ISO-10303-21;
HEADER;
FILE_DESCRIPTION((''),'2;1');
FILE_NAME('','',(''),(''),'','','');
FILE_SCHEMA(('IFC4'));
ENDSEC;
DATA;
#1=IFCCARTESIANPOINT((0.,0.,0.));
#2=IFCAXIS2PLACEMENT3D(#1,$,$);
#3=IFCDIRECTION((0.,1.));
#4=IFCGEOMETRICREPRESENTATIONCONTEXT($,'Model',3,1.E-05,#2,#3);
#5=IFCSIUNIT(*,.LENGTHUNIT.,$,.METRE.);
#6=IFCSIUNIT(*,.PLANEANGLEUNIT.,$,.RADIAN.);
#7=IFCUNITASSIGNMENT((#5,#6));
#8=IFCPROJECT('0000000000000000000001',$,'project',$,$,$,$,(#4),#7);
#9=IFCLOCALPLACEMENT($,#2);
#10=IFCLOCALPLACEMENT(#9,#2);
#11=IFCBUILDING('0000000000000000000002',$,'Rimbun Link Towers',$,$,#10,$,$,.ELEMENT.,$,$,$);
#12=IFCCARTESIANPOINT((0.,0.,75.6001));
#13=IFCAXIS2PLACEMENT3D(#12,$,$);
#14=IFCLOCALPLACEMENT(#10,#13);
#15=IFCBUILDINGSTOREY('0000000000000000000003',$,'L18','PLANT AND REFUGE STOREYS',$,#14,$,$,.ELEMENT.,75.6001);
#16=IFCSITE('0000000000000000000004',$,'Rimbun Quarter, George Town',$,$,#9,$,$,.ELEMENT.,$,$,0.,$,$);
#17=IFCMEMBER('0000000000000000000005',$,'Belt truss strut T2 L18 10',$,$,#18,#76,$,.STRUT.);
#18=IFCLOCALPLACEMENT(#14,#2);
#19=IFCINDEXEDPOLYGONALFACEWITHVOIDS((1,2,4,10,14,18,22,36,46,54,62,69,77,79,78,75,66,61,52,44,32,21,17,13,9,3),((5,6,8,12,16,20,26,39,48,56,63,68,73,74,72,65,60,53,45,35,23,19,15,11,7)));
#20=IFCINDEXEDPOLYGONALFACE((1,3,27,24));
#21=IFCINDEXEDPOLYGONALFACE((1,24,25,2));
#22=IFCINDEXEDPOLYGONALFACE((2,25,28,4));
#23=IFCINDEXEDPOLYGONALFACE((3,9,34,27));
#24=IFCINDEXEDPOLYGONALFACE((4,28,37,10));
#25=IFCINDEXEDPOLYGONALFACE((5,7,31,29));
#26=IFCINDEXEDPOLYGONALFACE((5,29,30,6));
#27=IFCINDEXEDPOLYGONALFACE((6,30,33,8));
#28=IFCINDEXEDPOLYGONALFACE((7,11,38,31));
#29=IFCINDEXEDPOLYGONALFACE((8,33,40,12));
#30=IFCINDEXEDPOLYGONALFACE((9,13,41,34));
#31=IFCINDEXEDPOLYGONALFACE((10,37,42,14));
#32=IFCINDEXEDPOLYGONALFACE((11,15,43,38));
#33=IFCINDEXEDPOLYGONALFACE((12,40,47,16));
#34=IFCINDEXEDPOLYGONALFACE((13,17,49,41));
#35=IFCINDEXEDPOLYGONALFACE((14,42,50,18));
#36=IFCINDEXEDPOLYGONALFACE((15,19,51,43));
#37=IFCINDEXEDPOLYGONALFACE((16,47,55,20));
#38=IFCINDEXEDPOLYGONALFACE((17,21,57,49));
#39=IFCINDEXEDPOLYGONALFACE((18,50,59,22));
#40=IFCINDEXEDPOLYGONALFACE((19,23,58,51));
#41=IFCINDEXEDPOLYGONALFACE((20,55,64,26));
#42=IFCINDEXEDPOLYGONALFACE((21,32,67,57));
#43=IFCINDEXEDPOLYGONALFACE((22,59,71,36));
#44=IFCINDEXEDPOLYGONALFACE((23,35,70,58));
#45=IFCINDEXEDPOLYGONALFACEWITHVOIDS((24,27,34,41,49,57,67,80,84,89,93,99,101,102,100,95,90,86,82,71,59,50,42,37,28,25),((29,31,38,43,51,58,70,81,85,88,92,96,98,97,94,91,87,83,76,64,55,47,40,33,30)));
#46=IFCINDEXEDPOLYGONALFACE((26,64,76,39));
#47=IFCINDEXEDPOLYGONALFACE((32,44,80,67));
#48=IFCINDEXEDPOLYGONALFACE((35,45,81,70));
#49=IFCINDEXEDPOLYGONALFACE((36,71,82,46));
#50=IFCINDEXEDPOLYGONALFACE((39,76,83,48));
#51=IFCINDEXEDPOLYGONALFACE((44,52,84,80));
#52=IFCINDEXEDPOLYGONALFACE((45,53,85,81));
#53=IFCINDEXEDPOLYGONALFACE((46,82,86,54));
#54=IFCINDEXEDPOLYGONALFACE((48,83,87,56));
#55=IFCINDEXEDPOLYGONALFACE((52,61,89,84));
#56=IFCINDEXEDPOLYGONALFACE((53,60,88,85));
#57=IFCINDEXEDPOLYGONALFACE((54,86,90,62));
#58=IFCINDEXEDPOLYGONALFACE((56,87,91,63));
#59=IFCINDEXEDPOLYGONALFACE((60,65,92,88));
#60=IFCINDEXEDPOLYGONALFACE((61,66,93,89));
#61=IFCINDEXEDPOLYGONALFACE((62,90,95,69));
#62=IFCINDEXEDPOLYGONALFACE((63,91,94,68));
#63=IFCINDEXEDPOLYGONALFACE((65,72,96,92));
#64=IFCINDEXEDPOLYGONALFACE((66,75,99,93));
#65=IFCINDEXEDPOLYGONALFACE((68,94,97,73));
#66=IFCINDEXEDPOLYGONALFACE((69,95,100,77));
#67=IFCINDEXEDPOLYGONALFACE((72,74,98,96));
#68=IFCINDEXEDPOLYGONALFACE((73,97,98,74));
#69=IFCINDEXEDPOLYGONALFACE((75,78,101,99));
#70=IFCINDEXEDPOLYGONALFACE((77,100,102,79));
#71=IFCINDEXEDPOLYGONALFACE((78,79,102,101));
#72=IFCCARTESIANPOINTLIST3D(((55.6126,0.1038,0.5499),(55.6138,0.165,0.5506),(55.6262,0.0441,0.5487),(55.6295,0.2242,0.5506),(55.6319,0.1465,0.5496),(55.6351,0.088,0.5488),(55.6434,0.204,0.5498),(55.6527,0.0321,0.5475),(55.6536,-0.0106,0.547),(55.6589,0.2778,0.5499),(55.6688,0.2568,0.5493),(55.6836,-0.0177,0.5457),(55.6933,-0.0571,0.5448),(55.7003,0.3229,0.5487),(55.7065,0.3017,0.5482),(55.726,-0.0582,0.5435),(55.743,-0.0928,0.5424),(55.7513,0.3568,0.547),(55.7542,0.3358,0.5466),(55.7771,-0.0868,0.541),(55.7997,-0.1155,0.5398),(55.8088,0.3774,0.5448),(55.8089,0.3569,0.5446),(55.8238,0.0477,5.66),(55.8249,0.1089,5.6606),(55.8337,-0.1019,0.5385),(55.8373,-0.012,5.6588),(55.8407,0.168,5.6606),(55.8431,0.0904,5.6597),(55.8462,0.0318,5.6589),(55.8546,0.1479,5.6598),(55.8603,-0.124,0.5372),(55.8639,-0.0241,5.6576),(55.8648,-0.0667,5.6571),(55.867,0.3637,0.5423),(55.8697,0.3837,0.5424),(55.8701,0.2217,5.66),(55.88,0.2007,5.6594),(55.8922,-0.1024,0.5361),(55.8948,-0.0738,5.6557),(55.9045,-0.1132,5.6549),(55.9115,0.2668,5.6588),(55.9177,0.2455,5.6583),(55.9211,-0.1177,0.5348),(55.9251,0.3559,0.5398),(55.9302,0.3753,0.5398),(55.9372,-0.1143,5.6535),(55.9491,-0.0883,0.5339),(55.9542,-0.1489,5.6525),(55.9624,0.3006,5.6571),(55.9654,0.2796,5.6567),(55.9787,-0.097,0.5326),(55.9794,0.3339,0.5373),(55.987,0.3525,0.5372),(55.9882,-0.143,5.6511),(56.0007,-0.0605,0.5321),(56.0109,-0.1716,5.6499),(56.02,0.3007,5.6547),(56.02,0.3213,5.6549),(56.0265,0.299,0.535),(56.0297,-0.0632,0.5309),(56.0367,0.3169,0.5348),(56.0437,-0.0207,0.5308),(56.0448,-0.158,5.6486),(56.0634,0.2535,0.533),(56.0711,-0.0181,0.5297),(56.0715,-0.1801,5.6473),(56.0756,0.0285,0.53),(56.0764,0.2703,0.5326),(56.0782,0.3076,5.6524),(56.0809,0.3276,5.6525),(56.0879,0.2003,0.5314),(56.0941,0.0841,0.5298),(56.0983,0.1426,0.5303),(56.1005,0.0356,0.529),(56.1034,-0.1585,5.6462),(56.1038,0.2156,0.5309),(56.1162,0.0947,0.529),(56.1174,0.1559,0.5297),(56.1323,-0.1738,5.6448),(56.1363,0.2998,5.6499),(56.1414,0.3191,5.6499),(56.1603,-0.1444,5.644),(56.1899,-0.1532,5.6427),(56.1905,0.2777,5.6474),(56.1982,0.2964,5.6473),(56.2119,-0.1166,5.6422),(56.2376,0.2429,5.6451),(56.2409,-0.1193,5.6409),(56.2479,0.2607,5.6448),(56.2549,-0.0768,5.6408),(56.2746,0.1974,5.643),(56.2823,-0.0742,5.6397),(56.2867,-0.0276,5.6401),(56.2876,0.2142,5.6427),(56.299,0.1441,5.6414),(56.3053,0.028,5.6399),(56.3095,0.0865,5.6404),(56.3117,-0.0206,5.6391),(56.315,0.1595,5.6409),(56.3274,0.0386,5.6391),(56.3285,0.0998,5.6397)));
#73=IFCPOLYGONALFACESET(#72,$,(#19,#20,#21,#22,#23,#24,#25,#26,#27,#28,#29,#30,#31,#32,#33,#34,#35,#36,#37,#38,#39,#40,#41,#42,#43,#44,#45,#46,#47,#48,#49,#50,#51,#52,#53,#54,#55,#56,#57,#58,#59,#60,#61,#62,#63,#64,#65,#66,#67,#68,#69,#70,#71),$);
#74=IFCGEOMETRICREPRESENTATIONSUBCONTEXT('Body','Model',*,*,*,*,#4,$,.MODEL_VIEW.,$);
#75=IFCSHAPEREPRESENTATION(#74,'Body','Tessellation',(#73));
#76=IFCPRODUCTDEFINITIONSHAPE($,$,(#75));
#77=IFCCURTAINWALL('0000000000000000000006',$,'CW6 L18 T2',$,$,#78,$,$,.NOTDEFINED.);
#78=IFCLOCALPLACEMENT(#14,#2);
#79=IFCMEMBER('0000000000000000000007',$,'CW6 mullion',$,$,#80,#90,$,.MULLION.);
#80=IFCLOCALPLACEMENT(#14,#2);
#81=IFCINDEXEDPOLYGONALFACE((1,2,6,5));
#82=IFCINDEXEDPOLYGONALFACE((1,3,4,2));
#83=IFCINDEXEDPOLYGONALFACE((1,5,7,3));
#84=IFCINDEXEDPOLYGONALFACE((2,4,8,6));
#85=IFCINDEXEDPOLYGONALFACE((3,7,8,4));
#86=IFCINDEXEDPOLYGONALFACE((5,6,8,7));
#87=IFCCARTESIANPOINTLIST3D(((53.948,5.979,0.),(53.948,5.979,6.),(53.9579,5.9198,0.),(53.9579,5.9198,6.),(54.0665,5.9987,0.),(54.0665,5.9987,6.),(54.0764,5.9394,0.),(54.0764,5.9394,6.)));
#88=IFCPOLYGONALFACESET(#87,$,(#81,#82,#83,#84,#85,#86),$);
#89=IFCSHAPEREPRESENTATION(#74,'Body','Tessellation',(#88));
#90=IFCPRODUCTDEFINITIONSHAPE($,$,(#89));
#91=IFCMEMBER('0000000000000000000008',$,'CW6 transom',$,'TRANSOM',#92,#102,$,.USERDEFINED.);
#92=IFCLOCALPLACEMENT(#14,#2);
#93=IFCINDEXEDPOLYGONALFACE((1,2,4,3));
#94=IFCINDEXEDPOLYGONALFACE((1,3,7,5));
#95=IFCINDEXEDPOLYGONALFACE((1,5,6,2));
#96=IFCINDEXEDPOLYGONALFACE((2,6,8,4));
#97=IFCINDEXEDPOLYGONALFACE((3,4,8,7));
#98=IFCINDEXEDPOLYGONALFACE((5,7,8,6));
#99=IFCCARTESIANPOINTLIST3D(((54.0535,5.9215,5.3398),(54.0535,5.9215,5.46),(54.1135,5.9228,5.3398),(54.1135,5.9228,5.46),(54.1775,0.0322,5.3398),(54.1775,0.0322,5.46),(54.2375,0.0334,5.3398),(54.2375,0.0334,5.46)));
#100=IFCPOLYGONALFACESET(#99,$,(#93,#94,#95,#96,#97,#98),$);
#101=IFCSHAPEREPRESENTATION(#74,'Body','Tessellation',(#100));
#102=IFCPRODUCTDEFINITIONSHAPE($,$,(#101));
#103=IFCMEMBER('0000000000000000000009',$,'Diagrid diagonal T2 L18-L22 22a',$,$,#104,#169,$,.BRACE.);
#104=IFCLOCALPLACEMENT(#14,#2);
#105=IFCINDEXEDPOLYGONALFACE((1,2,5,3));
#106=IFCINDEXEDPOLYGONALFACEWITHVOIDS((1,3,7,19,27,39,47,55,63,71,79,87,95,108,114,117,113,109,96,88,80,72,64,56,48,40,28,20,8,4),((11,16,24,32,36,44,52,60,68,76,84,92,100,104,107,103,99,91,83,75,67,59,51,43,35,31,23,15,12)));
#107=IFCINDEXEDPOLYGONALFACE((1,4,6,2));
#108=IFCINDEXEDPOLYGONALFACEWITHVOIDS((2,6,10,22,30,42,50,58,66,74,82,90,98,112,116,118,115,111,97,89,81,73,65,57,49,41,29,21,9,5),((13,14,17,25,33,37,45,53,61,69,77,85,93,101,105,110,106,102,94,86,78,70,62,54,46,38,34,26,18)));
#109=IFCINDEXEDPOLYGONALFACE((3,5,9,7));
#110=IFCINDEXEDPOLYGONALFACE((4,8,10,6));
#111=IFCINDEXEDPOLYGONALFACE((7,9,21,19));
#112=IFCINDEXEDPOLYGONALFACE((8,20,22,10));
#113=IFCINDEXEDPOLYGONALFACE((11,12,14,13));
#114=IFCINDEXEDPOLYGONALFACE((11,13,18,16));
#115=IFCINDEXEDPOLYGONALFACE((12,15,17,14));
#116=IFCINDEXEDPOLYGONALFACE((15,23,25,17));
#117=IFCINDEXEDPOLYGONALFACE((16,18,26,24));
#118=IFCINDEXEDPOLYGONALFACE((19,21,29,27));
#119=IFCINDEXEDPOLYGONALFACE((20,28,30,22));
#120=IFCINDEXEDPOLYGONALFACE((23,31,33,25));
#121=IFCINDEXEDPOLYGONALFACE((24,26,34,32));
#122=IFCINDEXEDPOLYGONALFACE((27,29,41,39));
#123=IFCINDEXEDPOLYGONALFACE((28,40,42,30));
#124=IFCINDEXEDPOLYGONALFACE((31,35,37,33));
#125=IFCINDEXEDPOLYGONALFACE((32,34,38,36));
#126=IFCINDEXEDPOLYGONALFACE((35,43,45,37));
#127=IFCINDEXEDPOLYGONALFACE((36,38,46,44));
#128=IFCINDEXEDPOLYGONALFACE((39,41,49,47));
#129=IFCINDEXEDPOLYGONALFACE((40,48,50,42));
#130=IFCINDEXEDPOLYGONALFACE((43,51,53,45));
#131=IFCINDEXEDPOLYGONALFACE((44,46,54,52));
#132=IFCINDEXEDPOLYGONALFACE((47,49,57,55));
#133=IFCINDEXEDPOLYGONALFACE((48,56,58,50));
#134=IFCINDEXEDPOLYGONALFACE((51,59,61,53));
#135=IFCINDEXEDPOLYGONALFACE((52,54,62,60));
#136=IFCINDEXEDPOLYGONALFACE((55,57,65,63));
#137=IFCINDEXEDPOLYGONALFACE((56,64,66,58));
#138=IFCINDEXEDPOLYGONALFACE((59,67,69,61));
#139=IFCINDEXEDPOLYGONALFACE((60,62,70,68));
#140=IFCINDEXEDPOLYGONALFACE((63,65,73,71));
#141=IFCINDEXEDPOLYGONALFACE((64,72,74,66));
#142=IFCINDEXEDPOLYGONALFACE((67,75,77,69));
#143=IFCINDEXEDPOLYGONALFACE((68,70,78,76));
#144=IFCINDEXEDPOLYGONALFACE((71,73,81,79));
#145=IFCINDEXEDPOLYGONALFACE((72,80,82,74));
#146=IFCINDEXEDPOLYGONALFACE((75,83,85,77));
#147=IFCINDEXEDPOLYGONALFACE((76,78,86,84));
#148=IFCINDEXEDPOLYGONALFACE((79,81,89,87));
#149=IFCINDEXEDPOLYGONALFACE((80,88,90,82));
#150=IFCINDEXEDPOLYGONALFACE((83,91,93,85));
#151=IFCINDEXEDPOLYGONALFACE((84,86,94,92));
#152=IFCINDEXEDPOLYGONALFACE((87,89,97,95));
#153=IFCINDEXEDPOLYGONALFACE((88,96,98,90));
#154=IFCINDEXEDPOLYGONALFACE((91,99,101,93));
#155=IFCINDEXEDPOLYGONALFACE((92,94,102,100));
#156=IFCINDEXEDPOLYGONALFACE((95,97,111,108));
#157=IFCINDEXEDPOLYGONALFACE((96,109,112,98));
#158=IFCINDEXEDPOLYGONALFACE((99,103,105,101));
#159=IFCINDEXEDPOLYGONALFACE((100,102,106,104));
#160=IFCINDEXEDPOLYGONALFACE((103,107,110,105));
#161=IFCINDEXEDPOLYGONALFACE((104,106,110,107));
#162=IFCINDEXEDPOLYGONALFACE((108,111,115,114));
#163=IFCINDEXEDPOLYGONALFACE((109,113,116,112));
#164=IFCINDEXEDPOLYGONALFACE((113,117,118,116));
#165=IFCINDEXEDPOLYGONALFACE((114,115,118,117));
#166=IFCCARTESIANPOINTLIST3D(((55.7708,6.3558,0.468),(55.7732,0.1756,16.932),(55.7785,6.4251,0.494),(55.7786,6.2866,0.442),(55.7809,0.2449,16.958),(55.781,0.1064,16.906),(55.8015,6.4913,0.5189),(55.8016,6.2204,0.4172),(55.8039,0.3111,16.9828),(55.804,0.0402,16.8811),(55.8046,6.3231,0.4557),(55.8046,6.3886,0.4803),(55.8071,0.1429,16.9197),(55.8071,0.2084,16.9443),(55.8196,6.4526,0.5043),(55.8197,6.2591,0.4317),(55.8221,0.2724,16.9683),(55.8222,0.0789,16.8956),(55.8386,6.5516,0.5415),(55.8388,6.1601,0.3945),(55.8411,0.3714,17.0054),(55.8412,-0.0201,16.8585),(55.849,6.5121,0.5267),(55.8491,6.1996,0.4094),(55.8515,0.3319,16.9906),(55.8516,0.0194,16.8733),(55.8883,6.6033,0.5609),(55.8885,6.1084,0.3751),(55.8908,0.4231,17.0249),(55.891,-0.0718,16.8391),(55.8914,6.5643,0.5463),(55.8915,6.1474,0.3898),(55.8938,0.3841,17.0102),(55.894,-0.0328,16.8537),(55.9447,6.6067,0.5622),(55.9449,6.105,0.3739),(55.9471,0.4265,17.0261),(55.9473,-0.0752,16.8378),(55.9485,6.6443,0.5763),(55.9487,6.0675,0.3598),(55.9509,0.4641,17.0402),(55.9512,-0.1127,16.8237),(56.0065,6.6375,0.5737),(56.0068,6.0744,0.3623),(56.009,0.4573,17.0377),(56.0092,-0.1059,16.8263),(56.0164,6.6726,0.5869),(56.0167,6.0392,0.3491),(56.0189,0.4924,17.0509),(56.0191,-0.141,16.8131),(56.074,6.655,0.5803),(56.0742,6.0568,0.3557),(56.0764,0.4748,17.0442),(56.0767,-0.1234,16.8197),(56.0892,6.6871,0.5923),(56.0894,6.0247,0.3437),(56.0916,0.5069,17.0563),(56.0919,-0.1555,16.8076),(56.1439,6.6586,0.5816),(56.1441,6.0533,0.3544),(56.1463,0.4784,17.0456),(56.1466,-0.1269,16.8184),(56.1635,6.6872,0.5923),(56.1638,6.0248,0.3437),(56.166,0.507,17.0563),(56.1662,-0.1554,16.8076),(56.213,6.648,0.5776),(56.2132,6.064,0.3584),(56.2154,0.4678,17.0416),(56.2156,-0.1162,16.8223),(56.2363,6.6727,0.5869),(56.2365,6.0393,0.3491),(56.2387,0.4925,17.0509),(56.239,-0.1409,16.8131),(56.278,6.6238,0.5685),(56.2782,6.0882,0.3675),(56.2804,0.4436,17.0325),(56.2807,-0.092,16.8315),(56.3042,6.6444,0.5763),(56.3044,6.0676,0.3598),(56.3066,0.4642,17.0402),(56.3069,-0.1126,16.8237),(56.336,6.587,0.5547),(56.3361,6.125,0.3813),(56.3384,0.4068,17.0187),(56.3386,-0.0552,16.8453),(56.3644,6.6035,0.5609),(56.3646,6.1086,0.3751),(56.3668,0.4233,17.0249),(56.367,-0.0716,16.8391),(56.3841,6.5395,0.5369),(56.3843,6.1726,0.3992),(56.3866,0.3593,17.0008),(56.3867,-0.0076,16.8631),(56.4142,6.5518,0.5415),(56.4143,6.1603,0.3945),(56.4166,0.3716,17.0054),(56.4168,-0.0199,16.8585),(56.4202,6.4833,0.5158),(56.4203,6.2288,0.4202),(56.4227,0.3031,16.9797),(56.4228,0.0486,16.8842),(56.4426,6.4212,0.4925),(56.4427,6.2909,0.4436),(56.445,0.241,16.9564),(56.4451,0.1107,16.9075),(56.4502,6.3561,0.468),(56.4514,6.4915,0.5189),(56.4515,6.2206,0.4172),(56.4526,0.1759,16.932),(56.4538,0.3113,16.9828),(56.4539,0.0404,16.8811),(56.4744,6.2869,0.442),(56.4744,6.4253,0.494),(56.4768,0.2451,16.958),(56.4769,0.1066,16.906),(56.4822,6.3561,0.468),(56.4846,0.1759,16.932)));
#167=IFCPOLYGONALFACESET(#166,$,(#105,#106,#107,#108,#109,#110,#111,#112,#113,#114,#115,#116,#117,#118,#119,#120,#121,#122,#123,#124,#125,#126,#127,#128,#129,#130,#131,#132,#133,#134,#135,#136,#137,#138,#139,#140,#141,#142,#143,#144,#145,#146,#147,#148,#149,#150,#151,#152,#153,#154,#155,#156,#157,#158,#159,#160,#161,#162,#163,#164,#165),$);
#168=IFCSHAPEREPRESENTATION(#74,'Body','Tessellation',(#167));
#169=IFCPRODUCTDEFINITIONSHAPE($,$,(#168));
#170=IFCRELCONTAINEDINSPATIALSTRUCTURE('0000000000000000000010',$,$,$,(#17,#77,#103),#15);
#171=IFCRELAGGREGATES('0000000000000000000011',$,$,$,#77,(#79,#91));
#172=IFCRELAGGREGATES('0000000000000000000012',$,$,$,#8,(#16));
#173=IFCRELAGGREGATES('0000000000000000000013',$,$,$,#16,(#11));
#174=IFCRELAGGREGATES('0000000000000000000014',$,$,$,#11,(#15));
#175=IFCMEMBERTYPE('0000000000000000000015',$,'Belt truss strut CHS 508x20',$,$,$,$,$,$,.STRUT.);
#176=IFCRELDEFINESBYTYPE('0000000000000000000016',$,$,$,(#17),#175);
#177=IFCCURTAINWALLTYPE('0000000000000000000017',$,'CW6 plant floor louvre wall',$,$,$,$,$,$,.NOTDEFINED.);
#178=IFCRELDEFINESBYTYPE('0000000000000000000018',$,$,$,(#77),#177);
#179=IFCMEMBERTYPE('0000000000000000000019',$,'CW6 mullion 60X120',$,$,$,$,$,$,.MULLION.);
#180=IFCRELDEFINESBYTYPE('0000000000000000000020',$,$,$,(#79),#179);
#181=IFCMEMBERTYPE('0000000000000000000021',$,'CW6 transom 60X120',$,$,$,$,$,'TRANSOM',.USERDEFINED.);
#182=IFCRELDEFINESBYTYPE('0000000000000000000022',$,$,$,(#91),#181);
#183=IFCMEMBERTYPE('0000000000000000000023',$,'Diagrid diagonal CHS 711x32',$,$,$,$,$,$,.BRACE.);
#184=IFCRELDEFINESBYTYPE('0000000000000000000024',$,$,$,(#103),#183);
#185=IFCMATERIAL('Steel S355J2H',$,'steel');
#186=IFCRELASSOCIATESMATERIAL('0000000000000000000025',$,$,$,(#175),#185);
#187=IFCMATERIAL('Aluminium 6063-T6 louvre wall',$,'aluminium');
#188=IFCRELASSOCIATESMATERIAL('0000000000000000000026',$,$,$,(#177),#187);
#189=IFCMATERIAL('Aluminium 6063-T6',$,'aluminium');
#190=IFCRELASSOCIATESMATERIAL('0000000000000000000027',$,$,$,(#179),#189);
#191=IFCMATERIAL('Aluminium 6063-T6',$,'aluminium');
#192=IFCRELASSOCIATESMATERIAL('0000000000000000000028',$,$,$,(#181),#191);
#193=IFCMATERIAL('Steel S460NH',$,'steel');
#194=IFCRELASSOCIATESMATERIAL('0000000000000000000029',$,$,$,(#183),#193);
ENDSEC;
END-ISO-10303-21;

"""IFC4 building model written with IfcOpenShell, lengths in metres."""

from ifc_helpers import new_model, si_unit, direction, frame, origin, origin_2d, place, context, subcontext, project, spatial, rectangle, hollow_circle, extrude, material, material_profile, profile_set, type_object, element, aggregate, save


model = new_model("IFC4")

# Units and contexts
model_context = context("Model", 3, precision=1e-05, world=origin(), true_north=direction((0.0, 1.0)))
body_context = subcontext(model_context, "Body", "Model", "MODEL_VIEW")
ifc_project = project(units=[si_unit("LENGTHUNIT", "METRE"), si_unit("PLANEANGLEUNIT", "RADIAN")], contexts=[model_context])

# Site, building, storey
site_placement = place(None, origin())
site = spatial("IfcSite", under=ifc_project, at=site_placement, Name="Rimbun Quarter, George Town", CompositionType="ELEMENT", RefElevation=0.0)
building_placement = place(site_placement, origin())
building = spatial("IfcBuilding", under=site, at=building_placement, Name="Rimbun Link Towers", CompositionType="ELEMENT")
storey_placement = place(building_placement, frame((0.0, 0.0, 75.6001)))
storey = spatial("IfcBuildingStorey", under=building, at=storey_placement, Name="L18", Description="PLANT AND REFUGE STOREYS", CompositionType="ELEMENT", Elevation=75.6001)

# Member
ifc_material_1 = material(Name="Steel S355J2H", Category="steel")
ifc_material_profile_1 = material_profile(ifc_material_1, hollow_circle(Radius=0.2539, WallThickness=0.02, at=origin_2d()), Name="Belt truss strut CHS 508x20")
ifc_profile_set_1 = profile_set([ifc_material_profile_1], Name="Steel S355J2H")
member_type_1 = type_object("IfcMemberType", Name="Belt truss strut CHS 508x20", PredefinedType="STRUT", material=ifc_profile_set_1)
member_1_placement = place(storey_placement, frame((55.865, 0.1299, 0.5398), z_axis=(0.041289, -0.010978, 0.999087), x_axis=(0.256967, 0.96642, 0.0)))
element("IfcMember", 1, at=member_1_placement, inside=storey, type_object=member_type_1, Name="Belt truss strut T2 L18 10", PredefinedType="STRUT", context=body_context, shape_type="SweptSolid", body=[
    extrude(hollow_circle(Radius=0.2539, WallThickness=0.02, at=origin_2d()), origin(), (0.0, 0.0, 1.0), 5.1147),
])

# Curtain wall, members
ifc_material_2 = material(Name="Aluminium 6063-T6 louvre wall", Category="aluminium")
curtain_wall_type = type_object("IfcCurtainWallType", Name="CW6 plant floor louvre wall", PredefinedType="NOTDEFINED", material=ifc_material_2)
curtain_wall_placement = place(storey_placement, origin())
curtain_wall = element("IfcCurtainWall", 2, at=curtain_wall_placement, inside=storey, type_object=curtain_wall_type, Name="CW6 L18 T2", PredefinedType="NOTDEFINED")
ifc_material_3 = material(Name="Aluminium 6063-T6", Category="aluminium")
ifc_material_profile_2 = material_profile(ifc_material_3, rectangle(XDim=0.1201, YDim=0.0601, at=origin_2d()), Name="MULLION 60X120")
ifc_profile_set_2 = profile_set([ifc_material_profile_2], Name="Aluminium 6063-T6")
member_type_2 = type_object("IfcMemberType", Name="CW6 mullion 60X120", PredefinedType="MULLION", material=ifc_profile_set_2)
member_2_placement = place(storey_placement, frame((54.0122, 5.9592, 0.0), z_axis=(0.0, 0.0, 1.0), x_axis=(0.986503, 0.163745, 0.0)))
member_2 = element("IfcMember", 3, at=member_2_placement, type_object=member_type_2, Name="CW6 mullion", PredefinedType="MULLION", context=body_context, shape_type="SweptSolid", body=[
    extrude(rectangle(XDim=0.1201, YDim=0.0601, at=origin_2d()), origin(), (0.0, 0.0, 1.0), 6.0),
])
ifc_material_4 = material(Name="Aluminium 6063-T6", Category="aluminium")
ifc_material_profile_3 = material_profile(ifc_material_4, rectangle(XDim=0.0601, YDim=0.1201, at=origin_2d()), Name="TRANSOM 60X120")
ifc_profile_set_3 = profile_set([ifc_material_profile_3], Name="Aluminium 6063-T6")
member_type_3 = type_object("IfcMemberType", Name="CW6 transom 60X120", ElementType="TRANSOM", PredefinedType="USERDEFINED", material=ifc_profile_set_3)
member_3_placement = place(storey_placement, frame((54.0835, 5.9221, 5.3999), z_axis=(0.021054, -0.999778, 0.0), x_axis=(0.999778, 0.021054, 0.0)))
member_3 = element("IfcMember", 4, at=member_3_placement, type_object=member_type_3, Name="CW6 transom", ObjectType="TRANSOM", PredefinedType="USERDEFINED", context=body_context, shape_type="SweptSolid", body=[
    extrude(rectangle(XDim=0.0601, YDim=0.1201, at=origin_2d()), origin(), (0.0, 0.0, 1.0), 5.8906),
])

# Member
ifc_material_5 = material(Name="Steel S460NH", Category="steel")
ifc_material_profile_4 = material_profile(ifc_material_5, hollow_circle(Radius=0.3557, WallThickness=0.032, at=origin_2d()), Name="Diagrid diagonal CHS 711x32")
ifc_profile_set_4 = profile_set([ifc_material_profile_4], Name="Steel S460NH")
member_type_4 = type_object("IfcMemberType", Name="Diagrid diagonal CHS 711x32", PredefinedType="BRACE", material=ifc_profile_set_4)
member_4_placement = place(storey_placement, frame((56.1265, 6.356, 0.468), z_axis=(0.000139, -0.351434, 0.936213), x_axis=(1.0, 0.000395, 0.0)))
element("IfcMember", 5, at=member_4_placement, inside=storey, type_object=member_type_4, Name="Diagrid diagonal T2 L18-L22 22a", PredefinedType="BRACE", context=body_context, shape_type="SweptSolid", body=[
    extrude(hollow_circle(Radius=0.3557, WallThickness=0.032, at=origin_2d()), origin(), (0.0, 0.0, 1.0), 17.5857),
])

aggregate(curtain_wall, [member_2, member_3])

save(model, "model.ifc")
